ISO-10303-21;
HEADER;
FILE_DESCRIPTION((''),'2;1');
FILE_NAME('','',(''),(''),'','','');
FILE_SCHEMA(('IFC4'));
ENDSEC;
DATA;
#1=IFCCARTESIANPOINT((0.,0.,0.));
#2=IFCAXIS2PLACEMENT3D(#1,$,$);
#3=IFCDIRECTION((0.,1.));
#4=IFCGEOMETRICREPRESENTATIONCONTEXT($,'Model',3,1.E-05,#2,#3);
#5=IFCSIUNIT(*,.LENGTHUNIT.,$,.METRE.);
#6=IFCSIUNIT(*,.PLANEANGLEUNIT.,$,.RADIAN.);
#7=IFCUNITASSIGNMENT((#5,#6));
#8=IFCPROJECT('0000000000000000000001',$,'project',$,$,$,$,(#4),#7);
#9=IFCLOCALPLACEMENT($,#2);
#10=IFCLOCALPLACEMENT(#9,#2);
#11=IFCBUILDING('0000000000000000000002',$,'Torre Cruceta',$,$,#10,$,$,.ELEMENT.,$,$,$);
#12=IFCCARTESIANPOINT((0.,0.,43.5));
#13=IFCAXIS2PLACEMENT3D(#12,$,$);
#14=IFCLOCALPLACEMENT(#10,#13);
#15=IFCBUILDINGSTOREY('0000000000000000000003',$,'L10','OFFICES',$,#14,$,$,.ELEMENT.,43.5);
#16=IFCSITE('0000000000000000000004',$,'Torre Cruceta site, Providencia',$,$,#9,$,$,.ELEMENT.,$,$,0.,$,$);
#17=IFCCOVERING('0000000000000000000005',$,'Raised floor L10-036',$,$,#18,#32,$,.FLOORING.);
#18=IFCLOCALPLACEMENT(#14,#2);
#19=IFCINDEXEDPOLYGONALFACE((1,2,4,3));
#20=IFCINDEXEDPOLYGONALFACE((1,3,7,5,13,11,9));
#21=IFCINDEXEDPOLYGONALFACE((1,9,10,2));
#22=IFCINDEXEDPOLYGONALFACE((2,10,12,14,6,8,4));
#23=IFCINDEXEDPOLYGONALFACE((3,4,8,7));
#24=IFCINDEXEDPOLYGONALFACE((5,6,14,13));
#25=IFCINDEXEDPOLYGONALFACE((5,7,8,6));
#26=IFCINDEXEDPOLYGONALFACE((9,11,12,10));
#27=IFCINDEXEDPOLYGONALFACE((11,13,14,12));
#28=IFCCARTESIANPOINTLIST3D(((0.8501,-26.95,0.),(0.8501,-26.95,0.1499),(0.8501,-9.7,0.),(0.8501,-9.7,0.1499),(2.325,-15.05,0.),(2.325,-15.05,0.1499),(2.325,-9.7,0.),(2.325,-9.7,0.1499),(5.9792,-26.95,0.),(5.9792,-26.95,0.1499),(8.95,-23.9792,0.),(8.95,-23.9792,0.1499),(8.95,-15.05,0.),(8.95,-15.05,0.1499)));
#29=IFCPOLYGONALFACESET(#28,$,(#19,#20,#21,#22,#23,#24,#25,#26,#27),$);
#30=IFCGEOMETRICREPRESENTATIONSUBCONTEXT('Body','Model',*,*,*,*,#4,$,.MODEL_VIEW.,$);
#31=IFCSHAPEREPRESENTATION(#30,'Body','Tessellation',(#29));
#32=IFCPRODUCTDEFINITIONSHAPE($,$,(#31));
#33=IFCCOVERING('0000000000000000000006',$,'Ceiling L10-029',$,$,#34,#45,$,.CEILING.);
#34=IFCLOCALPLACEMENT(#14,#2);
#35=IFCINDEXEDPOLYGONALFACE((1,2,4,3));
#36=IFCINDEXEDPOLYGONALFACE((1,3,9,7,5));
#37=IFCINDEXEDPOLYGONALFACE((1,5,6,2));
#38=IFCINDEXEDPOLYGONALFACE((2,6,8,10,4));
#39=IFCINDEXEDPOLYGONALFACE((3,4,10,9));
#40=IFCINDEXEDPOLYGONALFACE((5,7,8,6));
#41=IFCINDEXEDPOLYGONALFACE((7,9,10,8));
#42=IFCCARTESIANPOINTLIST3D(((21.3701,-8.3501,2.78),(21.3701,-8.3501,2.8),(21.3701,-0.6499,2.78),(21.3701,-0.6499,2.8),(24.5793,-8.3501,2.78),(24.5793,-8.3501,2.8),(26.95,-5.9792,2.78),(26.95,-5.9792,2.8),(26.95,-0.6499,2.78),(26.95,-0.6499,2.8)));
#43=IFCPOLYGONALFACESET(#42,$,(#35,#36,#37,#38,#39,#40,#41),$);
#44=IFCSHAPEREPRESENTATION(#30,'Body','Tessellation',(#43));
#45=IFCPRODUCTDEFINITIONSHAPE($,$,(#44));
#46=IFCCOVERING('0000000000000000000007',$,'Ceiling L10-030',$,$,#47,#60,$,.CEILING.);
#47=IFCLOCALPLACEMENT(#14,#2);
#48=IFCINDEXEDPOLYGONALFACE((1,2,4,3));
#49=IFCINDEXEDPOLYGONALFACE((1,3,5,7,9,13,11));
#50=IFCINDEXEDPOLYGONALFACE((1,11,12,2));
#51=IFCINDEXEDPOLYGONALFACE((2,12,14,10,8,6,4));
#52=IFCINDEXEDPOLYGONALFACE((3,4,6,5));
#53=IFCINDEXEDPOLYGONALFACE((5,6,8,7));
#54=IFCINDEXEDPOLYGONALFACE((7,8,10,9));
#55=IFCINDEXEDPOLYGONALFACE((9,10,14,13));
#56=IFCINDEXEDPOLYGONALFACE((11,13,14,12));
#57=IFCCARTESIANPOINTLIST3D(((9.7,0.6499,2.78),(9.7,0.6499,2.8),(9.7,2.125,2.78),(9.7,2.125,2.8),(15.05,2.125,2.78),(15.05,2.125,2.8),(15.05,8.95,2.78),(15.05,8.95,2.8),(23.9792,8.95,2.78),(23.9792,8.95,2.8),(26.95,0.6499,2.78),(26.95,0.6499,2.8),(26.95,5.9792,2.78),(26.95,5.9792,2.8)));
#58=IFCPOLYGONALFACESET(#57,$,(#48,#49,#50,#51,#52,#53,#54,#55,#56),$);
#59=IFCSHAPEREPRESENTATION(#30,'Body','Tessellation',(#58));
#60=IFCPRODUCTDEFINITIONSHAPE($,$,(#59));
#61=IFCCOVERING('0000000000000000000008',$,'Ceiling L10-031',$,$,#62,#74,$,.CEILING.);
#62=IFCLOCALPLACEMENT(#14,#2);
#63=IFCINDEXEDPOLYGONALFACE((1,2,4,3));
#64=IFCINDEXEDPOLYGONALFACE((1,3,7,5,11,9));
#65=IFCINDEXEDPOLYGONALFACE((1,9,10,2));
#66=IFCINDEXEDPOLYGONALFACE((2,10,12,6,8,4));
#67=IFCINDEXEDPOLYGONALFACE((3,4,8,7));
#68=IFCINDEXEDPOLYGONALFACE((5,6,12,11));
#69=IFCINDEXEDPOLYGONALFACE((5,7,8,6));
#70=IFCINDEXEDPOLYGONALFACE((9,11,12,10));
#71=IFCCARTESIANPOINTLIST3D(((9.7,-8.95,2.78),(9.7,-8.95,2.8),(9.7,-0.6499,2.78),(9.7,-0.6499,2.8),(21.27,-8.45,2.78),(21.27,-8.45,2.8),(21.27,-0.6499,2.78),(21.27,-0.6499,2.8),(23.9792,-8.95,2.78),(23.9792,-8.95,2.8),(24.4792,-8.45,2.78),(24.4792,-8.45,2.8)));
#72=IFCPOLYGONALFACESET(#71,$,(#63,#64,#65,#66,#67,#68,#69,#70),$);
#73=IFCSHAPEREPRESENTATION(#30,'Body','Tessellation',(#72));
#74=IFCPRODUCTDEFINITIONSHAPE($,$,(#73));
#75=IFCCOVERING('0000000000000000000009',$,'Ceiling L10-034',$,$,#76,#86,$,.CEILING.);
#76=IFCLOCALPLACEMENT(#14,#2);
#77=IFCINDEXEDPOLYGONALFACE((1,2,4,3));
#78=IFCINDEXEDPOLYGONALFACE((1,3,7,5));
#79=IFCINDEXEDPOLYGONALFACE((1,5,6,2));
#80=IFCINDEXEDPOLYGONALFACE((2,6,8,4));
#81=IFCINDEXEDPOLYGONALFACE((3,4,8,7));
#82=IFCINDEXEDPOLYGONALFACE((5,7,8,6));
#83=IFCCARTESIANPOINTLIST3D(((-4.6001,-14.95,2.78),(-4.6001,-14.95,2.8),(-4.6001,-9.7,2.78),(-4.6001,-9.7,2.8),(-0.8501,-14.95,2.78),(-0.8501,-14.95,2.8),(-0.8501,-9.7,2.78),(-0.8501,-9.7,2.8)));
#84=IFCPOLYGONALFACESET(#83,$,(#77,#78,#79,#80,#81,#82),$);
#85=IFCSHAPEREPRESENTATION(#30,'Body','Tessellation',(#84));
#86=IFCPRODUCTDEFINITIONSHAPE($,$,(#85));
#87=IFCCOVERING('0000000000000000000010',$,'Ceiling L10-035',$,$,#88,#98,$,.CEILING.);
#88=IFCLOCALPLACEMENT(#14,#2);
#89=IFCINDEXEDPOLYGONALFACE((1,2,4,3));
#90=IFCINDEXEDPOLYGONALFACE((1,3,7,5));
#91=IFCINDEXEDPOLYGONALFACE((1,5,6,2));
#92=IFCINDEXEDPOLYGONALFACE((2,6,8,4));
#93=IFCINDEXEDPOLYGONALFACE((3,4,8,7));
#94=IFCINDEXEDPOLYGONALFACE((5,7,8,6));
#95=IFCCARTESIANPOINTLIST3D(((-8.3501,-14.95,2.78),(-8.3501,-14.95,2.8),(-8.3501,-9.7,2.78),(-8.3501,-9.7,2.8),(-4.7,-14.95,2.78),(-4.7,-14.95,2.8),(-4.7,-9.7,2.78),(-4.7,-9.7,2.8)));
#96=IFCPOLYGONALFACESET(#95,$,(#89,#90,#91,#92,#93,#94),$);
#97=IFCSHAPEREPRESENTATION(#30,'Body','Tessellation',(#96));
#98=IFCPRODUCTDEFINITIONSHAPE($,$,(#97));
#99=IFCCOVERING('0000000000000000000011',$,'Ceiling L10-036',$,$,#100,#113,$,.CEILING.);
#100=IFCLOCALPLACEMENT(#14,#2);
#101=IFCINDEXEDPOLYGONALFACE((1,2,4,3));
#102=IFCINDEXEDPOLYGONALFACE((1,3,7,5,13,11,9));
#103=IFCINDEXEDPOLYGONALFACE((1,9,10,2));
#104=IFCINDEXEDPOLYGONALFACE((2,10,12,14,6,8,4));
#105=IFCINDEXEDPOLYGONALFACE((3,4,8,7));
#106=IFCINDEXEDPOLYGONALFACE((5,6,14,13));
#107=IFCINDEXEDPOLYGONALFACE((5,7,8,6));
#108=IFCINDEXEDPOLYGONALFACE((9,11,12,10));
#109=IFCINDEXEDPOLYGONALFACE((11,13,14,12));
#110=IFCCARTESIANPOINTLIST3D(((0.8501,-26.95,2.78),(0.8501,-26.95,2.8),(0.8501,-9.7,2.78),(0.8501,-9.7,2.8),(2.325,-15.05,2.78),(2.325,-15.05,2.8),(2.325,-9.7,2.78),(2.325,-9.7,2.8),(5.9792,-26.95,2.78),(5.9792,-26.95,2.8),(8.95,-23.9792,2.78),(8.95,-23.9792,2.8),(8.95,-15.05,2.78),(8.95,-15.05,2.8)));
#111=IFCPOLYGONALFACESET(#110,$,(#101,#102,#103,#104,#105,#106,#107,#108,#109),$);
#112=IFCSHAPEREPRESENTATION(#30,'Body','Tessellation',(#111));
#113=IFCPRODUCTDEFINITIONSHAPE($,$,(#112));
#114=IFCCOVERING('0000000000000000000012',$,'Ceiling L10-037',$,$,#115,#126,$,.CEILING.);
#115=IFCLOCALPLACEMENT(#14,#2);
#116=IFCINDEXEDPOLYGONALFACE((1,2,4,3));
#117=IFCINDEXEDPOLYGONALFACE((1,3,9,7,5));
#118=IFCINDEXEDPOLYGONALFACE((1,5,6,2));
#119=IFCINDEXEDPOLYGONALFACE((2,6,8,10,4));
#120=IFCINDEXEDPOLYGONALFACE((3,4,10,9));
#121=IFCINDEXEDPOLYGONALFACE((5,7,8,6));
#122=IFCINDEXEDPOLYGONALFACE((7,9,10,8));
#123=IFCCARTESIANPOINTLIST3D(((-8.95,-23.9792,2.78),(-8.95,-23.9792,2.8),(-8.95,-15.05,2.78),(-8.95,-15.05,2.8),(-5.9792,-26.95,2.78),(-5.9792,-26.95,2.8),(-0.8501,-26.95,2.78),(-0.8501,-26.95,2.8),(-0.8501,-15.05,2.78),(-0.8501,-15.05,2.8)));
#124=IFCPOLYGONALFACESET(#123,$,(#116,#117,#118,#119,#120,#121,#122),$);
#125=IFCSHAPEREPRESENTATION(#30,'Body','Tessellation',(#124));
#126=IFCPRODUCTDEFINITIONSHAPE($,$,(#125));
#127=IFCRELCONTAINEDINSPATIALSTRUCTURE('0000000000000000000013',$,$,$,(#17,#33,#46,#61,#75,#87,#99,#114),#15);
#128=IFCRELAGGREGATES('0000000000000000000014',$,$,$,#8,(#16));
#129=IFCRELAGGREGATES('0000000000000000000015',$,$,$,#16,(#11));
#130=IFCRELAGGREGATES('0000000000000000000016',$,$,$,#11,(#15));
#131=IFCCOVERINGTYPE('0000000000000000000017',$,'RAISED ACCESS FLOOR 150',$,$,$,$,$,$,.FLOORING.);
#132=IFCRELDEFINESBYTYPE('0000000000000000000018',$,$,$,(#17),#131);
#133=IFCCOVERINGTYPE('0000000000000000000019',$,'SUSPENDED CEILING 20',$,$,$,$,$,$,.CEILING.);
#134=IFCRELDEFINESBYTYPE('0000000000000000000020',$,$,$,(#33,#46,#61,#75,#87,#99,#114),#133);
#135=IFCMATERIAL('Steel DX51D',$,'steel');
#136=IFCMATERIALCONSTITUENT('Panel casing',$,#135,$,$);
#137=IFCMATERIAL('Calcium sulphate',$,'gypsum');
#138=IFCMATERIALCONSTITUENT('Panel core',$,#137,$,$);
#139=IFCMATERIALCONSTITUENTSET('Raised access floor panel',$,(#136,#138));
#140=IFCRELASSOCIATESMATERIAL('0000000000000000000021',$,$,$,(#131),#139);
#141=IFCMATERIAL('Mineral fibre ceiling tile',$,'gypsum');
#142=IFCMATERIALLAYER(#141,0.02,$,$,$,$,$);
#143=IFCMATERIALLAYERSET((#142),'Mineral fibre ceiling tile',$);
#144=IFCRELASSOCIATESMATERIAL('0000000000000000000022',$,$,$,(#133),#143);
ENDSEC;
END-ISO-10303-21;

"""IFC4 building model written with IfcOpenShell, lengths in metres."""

from ifc_helpers import new_model, si_unit, direction, frame, origin, place, context, subcontext, project, spatial, polyline, outline, extrude, material, layer, layer_set, constituent, constituent_set, type_object, element, save


model = new_model("IFC4")

# Units and contexts
model_context = context("Model", 3, precision=1e-05, world=origin(), true_north=direction((0.0, 1.0)))
body_context = subcontext(model_context, "Body", "Model", "MODEL_VIEW")
ifc_project = project(units=[si_unit("LENGTHUNIT", "METRE"), si_unit("PLANEANGLEUNIT", "RADIAN")], contexts=[model_context])

# Site, building, storey
site_placement = place(None, origin())
site = spatial("IfcSite", under=ifc_project, at=site_placement, Name="Torre Cruceta site, Providencia", CompositionType="ELEMENT", RefElevation=0.0)
building_placement = place(site_placement, origin())
building = spatial("IfcBuilding", under=site, at=building_placement, Name="Torre Cruceta", CompositionType="ELEMENT")
storey_placement = place(building_placement, frame((0.0, 0.0, 43.5)))
storey = spatial("IfcBuildingStorey", under=building, at=storey_placement, Name="L10", Description="OFFICES", CompositionType="ELEMENT", Elevation=43.5)

# Coverings
ifc_material_1 = material(Name="Steel DX51D", Category="steel")
ifc_constituent_1 = constituent(ifc_material_1, Name="Panel casing")
ifc_material_2 = material(Name="Calcium sulphate", Category="gypsum")
ifc_constituent_2 = constituent(ifc_material_2, Name="Panel core")
ifc_constituent_set_1 = constituent_set(constituents=[ifc_constituent_1, ifc_constituent_2], Name="Raised access floor panel")
covering_type_1 = type_object("IfcCoveringType", Name="RAISED ACCESS FLOOR 150", PredefinedType="FLOORING", material=ifc_constituent_set_1)
covering_1_placement = place(storey_placement, origin())
element("IfcCovering", 1, at=covering_1_placement, inside=storey, type_object=covering_type_1, Name="Raised floor L10-036", PredefinedType="FLOORING", context=body_context, shape_type="SweptSolid", body=[
    extrude(outline(polyline([(0.8501, -26.95), (0.8501, -9.7), (2.325, -9.7), (2.325, -15.05), (8.95, -15.05), (8.95, -23.9792), (5.9792, -26.95), (0.8501, -26.95)])), origin(), (0.0, 0.0, 1.0), 0.1499),
])
ifc_material_3 = material(Name="Mineral fibre ceiling tile", Category="gypsum")
ifc_layer_1 = layer(ifc_material_3, 0.02)
ifc_layer_set_1 = layer_set([ifc_layer_1], Name="Mineral fibre ceiling tile")
covering_type_2 = type_object("IfcCoveringType", Name="SUSPENDED CEILING 20", PredefinedType="CEILING", material=ifc_layer_set_1)
covering_2_placement = place(storey_placement, frame((0.0, 0.0, 2.78)))
element("IfcCovering", 2, at=covering_2_placement, inside=storey, type_object=covering_type_2, Name="Ceiling L10-029", PredefinedType="CEILING", context=body_context, shape_type="SweptSolid", body=[
    extrude(outline(polyline([(24.5793, -8.3501), (21.3701, -8.3501), (21.3701, -0.6499), (26.95, -0.6499), (26.95, -5.9792), (24.5793, -8.3501)])), origin(), (0.0, 0.0, 1.0), 0.02),
])
covering_3_placement = place(storey_placement, frame((0.0, 0.0, 2.78)))
element("IfcCovering", 3, at=covering_3_placement, inside=storey, type_object=covering_type_2, Name="Ceiling L10-030", PredefinedType="CEILING", context=body_context, shape_type="SweptSolid", body=[
    extrude(outline(polyline([(26.95, 0.6499), (9.7, 0.6499), (9.7, 2.125), (15.05, 2.125), (15.05, 8.95), (23.9792, 8.95), (26.95, 5.9792), (26.95, 0.6499)])), origin(), (0.0, 0.0, 1.0), 0.02),
])
covering_4_placement = place(storey_placement, frame((0.0, 0.0, 2.78)))
element("IfcCovering", 4, at=covering_4_placement, inside=storey, type_object=covering_type_2, Name="Ceiling L10-031", PredefinedType="CEILING", context=body_context, shape_type="SweptSolid", body=[
    extrude(outline(polyline([(21.27, -8.45), (24.4792, -8.45), (23.9792, -8.95), (9.7, -8.95), (9.7, -0.6499), (21.27, -0.6499), (21.27, -8.45)])), origin(), (0.0, 0.0, 1.0), 0.02),
])
covering_5_placement = place(storey_placement, frame((0.0, 0.0, 2.78)))
element("IfcCovering", 5, at=covering_5_placement, inside=storey, type_object=covering_type_2, Name="Ceiling L10-034", PredefinedType="CEILING", context=body_context, shape_type="SweptSolid", body=[
    extrude(outline(polyline([(-4.6001, -9.7), (-0.8501, -9.7), (-0.8501, -14.95), (-4.6001, -14.95), (-4.6001, -9.7)])), origin(), (0.0, 0.0, 1.0), 0.02),
])
covering_6_placement = place(storey_placement, frame((0.0, 0.0, 2.78)))
element("IfcCovering", 6, at=covering_6_placement, inside=storey, type_object=covering_type_2, Name="Ceiling L10-035", PredefinedType="CEILING", context=body_context, shape_type="SweptSolid", body=[
    extrude(outline(polyline([(-8.3501, -9.7), (-4.7, -9.7), (-4.7, -14.95), (-8.3501, -14.95), (-8.3501, -9.7)])), origin(), (0.0, 0.0, 1.0), 0.02),
])
covering_7_placement = place(storey_placement, frame((0.0, 0.0, 2.78)))
element("IfcCovering", 7, at=covering_7_placement, inside=storey, type_object=covering_type_2, Name="Ceiling L10-036", PredefinedType="CEILING", context=body_context, shape_type="SweptSolid", body=[
    extrude(outline(polyline([(0.8501, -26.95), (0.8501, -9.7), (2.325, -9.7), (2.325, -15.05), (8.95, -15.05), (8.95, -23.9792), (5.9792, -26.95), (0.8501, -26.95)])), origin(), (0.0, 0.0, 1.0), 0.02),
])
covering_8_placement = place(storey_placement, frame((0.0, 0.0, 2.78)))
element("IfcCovering", 8, at=covering_8_placement, inside=storey, type_object=covering_type_2, Name="Ceiling L10-037", PredefinedType="CEILING", context=body_context, shape_type="SweptSolid", body=[
    extrude(outline(polyline([(-5.9792, -26.95), (-8.95, -23.9792), (-8.95, -15.05), (-0.8501, -15.05), (-0.8501, -26.95), (-5.9792, -26.95)])), origin(), (0.0, 0.0, 1.0), 0.02),
])

save(model, "model.ifc")
